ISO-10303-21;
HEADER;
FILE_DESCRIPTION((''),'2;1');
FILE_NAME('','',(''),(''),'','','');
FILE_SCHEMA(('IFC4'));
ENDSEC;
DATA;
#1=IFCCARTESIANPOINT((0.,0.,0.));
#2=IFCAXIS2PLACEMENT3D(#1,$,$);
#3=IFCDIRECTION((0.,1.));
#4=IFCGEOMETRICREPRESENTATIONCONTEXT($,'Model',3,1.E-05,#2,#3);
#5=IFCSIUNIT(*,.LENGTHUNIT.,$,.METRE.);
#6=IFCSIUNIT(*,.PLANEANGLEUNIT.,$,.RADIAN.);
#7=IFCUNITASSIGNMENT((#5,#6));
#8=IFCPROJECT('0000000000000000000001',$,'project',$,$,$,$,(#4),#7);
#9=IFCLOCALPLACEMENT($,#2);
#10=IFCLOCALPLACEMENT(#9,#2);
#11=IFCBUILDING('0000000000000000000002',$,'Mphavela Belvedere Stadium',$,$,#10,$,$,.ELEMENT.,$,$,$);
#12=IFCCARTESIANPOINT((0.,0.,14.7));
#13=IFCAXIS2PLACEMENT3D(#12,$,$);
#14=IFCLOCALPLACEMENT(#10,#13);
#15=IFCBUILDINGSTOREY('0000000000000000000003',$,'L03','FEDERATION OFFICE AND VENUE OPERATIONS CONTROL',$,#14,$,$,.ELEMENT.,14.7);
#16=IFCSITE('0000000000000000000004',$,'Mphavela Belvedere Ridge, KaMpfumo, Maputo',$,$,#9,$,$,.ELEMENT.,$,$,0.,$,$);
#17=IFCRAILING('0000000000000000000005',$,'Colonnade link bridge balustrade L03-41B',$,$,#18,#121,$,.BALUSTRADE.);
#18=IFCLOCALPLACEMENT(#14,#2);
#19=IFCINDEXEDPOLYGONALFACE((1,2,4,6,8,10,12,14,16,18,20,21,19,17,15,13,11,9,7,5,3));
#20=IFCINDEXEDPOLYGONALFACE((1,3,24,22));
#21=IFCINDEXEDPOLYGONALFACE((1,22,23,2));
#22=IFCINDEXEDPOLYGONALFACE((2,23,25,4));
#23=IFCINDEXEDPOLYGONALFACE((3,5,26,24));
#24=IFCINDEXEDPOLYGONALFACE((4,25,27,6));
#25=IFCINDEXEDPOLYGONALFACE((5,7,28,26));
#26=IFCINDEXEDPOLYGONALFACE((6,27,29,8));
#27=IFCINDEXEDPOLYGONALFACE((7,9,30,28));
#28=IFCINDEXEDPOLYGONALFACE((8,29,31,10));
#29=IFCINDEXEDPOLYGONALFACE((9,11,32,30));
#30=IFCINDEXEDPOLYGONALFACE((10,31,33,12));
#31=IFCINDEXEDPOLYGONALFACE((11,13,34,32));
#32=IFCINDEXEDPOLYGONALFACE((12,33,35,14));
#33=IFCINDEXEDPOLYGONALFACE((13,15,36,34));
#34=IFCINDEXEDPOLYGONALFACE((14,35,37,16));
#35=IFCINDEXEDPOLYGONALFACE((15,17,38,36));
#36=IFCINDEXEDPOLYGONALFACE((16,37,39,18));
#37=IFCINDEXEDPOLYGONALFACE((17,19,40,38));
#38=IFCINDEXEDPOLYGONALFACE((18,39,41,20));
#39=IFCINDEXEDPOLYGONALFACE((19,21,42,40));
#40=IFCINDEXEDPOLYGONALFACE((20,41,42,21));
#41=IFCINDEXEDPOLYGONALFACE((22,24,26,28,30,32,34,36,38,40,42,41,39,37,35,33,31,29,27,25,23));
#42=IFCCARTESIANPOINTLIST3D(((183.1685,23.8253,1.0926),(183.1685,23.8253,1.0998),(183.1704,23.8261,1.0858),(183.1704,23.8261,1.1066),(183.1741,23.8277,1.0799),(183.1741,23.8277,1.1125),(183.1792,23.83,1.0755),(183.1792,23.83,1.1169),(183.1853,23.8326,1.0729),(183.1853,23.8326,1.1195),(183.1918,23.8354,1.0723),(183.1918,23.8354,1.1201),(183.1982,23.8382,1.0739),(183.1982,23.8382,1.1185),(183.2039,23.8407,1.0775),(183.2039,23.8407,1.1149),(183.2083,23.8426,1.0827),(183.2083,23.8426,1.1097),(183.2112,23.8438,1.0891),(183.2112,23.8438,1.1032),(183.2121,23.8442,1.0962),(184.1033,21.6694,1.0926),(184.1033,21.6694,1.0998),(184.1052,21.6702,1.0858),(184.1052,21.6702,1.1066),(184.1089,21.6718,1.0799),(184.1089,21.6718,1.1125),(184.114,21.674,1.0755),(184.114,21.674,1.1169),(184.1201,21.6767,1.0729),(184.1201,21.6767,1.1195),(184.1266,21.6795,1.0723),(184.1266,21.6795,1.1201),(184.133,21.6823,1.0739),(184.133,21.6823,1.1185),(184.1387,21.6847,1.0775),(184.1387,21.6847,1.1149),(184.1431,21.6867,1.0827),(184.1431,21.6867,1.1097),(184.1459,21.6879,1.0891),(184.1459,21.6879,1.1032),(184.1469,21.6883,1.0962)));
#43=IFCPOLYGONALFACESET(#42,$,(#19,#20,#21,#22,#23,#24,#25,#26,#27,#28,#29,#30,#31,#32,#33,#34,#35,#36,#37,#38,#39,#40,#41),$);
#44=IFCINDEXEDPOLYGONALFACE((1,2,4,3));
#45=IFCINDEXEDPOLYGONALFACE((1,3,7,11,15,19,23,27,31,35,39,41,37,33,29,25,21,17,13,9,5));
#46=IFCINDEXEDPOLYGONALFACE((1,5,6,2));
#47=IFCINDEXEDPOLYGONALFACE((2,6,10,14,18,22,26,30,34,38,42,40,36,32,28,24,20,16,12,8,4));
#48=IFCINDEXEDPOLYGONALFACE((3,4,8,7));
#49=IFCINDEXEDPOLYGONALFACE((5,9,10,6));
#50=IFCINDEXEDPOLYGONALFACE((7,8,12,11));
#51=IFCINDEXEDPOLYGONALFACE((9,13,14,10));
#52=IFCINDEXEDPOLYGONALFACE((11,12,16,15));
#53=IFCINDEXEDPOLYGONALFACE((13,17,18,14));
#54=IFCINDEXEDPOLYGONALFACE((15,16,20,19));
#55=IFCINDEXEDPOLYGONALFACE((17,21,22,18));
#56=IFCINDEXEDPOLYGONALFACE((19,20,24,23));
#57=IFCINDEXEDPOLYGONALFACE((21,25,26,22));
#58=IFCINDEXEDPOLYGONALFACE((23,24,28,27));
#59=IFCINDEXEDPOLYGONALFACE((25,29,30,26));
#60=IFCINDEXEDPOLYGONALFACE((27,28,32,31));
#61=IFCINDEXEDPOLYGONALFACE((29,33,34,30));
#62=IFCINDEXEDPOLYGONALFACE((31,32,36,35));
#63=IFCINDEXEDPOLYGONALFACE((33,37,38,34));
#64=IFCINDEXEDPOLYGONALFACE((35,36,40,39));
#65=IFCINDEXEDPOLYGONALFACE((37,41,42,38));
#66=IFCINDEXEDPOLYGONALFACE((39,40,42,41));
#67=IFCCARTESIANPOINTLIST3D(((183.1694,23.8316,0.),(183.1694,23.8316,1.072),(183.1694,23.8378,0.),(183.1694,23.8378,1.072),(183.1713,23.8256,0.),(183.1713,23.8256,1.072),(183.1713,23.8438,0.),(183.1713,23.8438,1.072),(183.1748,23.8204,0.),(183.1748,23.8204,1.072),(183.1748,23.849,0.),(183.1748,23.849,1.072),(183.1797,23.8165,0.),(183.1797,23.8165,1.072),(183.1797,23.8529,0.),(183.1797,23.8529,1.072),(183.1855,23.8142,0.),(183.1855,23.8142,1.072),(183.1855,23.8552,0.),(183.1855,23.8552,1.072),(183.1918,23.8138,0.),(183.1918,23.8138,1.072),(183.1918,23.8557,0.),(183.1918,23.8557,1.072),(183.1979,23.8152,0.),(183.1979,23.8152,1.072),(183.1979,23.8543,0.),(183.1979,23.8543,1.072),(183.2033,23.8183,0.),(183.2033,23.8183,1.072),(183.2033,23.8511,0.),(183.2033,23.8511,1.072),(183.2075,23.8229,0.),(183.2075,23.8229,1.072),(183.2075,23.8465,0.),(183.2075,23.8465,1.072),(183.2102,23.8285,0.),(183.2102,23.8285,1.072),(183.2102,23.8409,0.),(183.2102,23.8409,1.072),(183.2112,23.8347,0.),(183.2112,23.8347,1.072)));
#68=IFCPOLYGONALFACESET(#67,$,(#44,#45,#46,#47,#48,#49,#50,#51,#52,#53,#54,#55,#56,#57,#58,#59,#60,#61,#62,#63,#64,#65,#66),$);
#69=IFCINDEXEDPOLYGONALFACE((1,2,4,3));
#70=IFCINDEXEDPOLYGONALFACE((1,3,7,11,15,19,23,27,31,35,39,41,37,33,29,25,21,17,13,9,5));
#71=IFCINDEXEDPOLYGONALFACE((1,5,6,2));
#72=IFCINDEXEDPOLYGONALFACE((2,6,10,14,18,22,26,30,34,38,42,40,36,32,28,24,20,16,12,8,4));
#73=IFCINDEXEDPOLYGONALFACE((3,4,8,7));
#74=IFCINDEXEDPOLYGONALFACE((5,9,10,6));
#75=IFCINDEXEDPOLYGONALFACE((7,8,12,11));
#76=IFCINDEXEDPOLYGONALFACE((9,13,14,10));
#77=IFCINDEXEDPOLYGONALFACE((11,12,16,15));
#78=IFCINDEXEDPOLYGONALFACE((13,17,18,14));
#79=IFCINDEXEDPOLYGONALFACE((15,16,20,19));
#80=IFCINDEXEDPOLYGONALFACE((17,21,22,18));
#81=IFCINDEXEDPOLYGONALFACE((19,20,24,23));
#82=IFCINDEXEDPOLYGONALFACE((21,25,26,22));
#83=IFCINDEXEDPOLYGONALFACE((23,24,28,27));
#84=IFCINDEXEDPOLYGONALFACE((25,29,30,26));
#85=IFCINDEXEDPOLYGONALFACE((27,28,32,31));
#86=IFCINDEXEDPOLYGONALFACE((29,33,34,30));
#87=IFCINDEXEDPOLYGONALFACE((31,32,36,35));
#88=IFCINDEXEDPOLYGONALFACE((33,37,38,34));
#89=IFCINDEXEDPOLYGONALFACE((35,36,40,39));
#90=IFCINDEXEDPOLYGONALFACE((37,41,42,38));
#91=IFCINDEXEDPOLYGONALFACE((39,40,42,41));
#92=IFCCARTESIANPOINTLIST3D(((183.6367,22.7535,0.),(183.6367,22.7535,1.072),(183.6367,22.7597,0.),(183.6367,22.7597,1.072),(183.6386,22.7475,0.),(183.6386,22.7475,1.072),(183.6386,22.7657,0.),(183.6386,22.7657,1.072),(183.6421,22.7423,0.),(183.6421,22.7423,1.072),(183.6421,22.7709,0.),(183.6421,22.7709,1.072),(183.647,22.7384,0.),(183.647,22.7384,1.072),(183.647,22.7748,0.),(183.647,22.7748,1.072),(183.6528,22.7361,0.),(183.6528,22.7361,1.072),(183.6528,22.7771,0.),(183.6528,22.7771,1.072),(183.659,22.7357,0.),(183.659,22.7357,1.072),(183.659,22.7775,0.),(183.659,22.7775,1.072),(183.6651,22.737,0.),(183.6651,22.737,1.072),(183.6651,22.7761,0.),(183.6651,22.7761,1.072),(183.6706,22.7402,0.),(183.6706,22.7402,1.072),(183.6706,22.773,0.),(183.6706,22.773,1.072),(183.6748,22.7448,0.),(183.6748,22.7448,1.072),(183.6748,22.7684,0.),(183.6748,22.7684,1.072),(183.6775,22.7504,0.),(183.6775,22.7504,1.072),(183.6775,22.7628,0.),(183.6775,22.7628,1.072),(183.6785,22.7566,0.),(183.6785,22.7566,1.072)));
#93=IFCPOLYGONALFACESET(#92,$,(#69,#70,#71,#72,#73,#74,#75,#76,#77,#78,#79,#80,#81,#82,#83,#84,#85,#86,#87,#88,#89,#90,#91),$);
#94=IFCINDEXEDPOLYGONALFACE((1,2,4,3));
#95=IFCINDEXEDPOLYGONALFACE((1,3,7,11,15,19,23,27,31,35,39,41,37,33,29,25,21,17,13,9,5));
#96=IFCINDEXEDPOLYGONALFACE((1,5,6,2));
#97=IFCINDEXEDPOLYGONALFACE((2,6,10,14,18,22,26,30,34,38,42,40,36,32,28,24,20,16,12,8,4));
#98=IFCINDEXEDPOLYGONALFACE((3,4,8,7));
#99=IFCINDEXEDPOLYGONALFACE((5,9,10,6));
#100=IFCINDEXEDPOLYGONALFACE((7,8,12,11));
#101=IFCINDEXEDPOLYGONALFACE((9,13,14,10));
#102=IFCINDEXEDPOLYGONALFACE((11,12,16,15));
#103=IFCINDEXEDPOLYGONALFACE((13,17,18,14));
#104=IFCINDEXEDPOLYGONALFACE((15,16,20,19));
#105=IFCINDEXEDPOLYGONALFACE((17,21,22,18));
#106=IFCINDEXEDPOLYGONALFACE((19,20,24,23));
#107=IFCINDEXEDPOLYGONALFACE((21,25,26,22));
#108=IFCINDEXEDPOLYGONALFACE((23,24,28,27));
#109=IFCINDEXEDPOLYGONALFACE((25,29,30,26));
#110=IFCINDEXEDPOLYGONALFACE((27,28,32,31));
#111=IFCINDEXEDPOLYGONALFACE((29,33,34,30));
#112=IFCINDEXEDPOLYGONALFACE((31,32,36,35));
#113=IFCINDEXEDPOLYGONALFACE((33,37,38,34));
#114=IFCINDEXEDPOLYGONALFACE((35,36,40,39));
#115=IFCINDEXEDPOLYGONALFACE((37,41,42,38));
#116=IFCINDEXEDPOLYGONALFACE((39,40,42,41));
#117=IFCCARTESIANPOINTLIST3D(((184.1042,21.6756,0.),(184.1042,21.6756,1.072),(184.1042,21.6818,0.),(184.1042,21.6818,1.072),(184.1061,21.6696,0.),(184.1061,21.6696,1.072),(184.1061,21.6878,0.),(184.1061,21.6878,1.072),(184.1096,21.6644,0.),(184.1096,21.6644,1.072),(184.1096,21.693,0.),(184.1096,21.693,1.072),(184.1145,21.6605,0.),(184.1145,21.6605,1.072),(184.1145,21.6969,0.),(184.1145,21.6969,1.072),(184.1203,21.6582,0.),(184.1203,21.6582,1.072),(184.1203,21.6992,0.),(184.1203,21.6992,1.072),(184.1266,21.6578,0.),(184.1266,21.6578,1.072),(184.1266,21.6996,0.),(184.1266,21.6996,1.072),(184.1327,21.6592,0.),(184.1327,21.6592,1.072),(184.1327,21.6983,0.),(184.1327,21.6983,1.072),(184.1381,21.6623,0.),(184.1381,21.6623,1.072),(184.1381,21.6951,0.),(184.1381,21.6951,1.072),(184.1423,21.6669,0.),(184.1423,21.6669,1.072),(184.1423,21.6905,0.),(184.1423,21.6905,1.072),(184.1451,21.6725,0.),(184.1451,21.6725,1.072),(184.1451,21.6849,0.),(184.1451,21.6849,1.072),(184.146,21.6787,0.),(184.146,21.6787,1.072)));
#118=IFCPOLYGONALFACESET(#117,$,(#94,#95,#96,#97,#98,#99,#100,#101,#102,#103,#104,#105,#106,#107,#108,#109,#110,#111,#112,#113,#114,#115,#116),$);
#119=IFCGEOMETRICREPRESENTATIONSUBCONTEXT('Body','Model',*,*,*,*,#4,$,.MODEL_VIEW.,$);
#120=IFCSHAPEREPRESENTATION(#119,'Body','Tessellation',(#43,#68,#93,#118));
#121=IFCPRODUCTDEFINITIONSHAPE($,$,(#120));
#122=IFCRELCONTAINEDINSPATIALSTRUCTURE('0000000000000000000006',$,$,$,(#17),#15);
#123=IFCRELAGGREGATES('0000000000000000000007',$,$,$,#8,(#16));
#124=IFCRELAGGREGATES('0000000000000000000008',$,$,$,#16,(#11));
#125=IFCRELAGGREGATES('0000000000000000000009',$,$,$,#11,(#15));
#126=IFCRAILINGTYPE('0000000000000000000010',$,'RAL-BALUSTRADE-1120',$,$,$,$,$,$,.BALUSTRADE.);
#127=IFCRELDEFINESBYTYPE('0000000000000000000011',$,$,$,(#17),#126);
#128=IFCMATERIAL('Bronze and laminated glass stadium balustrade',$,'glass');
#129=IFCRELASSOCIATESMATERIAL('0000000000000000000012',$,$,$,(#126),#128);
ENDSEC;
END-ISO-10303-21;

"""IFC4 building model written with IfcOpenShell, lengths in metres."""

from ifc_helpers import new_model, si_unit, direction, frame, origin, origin_2d, place, context, subcontext, project, spatial, circle, extrude, material, type_object, element, save


model = new_model("IFC4")

# Units and contexts
model_context = context("Model", 3, precision=1e-05, world=origin(), true_north=direction((0.0, 1.0)))
body_context = subcontext(model_context, "Body", "Model", "MODEL_VIEW")
ifc_project = project(units=[si_unit("LENGTHUNIT", "METRE"), si_unit("PLANEANGLEUNIT", "RADIAN")], contexts=[model_context])

# Site, building, storey
site_placement = place(None, origin())
site = spatial("IfcSite", under=ifc_project, at=site_placement, Name="Mphavela Belvedere Ridge, KaMpfumo, Maputo", CompositionType="ELEMENT", RefElevation=0.0)
building_placement = place(site_placement, origin())
building = spatial("IfcBuilding", under=site, at=building_placement, Name="Mphavela Belvedere Stadium", CompositionType="ELEMENT")
storey_placement = place(building_placement, frame((0.0, 0.0, 14.7)))
storey = spatial("IfcBuildingStorey", under=building, at=storey_placement, Name="L03", Description="FEDERATION OFFICE AND VENUE OPERATIONS CONTROL", CompositionType="ELEMENT", Elevation=14.7)

# Railing
ifc_material_1 = material(Name="Bronze and laminated glass stadium balustrade", Category="glass")
railing_type = type_object("IfcRailingType", Name="RAL-BALUSTRADE-1120", PredefinedType="BALUSTRADE", material=ifc_material_1)
railing_1_placement = place(storey_placement, frame((183.1902, 23.8347, 0.0)))
element("IfcRailing", 1, at=railing_1_placement, inside=storey, type_object=railing_type, Name="Colonnade link bridge balustrade L03-41B", PredefinedType="BALUSTRADE", context=body_context, shape_type="SweptSolid", body=[
    extrude(circle(Radius=0.0239, at=origin_2d()), frame((0.0, 0.0, 1.0962), z_axis=(0.397803, -0.917471, 0.0), x_axis=(0.917471, 0.397803, 0.0)), (0.0, 0.0, 1.0), 2.3499),
    extrude(circle(Radius=0.021, at=origin_2d()), origin(), (0.0, 0.0, 1.0), 1.072),
    extrude(circle(Radius=0.021, at=origin_2d()), frame((0.4673, -1.0781, 0.0)), (0.0, 0.0, 1.0), 1.072),
    extrude(circle(Radius=0.021, at=origin_2d()), frame((0.9348, -2.156, 0.0)), (0.0, 0.0, 1.0), 1.072),
])

save(model, "model.ifc")
